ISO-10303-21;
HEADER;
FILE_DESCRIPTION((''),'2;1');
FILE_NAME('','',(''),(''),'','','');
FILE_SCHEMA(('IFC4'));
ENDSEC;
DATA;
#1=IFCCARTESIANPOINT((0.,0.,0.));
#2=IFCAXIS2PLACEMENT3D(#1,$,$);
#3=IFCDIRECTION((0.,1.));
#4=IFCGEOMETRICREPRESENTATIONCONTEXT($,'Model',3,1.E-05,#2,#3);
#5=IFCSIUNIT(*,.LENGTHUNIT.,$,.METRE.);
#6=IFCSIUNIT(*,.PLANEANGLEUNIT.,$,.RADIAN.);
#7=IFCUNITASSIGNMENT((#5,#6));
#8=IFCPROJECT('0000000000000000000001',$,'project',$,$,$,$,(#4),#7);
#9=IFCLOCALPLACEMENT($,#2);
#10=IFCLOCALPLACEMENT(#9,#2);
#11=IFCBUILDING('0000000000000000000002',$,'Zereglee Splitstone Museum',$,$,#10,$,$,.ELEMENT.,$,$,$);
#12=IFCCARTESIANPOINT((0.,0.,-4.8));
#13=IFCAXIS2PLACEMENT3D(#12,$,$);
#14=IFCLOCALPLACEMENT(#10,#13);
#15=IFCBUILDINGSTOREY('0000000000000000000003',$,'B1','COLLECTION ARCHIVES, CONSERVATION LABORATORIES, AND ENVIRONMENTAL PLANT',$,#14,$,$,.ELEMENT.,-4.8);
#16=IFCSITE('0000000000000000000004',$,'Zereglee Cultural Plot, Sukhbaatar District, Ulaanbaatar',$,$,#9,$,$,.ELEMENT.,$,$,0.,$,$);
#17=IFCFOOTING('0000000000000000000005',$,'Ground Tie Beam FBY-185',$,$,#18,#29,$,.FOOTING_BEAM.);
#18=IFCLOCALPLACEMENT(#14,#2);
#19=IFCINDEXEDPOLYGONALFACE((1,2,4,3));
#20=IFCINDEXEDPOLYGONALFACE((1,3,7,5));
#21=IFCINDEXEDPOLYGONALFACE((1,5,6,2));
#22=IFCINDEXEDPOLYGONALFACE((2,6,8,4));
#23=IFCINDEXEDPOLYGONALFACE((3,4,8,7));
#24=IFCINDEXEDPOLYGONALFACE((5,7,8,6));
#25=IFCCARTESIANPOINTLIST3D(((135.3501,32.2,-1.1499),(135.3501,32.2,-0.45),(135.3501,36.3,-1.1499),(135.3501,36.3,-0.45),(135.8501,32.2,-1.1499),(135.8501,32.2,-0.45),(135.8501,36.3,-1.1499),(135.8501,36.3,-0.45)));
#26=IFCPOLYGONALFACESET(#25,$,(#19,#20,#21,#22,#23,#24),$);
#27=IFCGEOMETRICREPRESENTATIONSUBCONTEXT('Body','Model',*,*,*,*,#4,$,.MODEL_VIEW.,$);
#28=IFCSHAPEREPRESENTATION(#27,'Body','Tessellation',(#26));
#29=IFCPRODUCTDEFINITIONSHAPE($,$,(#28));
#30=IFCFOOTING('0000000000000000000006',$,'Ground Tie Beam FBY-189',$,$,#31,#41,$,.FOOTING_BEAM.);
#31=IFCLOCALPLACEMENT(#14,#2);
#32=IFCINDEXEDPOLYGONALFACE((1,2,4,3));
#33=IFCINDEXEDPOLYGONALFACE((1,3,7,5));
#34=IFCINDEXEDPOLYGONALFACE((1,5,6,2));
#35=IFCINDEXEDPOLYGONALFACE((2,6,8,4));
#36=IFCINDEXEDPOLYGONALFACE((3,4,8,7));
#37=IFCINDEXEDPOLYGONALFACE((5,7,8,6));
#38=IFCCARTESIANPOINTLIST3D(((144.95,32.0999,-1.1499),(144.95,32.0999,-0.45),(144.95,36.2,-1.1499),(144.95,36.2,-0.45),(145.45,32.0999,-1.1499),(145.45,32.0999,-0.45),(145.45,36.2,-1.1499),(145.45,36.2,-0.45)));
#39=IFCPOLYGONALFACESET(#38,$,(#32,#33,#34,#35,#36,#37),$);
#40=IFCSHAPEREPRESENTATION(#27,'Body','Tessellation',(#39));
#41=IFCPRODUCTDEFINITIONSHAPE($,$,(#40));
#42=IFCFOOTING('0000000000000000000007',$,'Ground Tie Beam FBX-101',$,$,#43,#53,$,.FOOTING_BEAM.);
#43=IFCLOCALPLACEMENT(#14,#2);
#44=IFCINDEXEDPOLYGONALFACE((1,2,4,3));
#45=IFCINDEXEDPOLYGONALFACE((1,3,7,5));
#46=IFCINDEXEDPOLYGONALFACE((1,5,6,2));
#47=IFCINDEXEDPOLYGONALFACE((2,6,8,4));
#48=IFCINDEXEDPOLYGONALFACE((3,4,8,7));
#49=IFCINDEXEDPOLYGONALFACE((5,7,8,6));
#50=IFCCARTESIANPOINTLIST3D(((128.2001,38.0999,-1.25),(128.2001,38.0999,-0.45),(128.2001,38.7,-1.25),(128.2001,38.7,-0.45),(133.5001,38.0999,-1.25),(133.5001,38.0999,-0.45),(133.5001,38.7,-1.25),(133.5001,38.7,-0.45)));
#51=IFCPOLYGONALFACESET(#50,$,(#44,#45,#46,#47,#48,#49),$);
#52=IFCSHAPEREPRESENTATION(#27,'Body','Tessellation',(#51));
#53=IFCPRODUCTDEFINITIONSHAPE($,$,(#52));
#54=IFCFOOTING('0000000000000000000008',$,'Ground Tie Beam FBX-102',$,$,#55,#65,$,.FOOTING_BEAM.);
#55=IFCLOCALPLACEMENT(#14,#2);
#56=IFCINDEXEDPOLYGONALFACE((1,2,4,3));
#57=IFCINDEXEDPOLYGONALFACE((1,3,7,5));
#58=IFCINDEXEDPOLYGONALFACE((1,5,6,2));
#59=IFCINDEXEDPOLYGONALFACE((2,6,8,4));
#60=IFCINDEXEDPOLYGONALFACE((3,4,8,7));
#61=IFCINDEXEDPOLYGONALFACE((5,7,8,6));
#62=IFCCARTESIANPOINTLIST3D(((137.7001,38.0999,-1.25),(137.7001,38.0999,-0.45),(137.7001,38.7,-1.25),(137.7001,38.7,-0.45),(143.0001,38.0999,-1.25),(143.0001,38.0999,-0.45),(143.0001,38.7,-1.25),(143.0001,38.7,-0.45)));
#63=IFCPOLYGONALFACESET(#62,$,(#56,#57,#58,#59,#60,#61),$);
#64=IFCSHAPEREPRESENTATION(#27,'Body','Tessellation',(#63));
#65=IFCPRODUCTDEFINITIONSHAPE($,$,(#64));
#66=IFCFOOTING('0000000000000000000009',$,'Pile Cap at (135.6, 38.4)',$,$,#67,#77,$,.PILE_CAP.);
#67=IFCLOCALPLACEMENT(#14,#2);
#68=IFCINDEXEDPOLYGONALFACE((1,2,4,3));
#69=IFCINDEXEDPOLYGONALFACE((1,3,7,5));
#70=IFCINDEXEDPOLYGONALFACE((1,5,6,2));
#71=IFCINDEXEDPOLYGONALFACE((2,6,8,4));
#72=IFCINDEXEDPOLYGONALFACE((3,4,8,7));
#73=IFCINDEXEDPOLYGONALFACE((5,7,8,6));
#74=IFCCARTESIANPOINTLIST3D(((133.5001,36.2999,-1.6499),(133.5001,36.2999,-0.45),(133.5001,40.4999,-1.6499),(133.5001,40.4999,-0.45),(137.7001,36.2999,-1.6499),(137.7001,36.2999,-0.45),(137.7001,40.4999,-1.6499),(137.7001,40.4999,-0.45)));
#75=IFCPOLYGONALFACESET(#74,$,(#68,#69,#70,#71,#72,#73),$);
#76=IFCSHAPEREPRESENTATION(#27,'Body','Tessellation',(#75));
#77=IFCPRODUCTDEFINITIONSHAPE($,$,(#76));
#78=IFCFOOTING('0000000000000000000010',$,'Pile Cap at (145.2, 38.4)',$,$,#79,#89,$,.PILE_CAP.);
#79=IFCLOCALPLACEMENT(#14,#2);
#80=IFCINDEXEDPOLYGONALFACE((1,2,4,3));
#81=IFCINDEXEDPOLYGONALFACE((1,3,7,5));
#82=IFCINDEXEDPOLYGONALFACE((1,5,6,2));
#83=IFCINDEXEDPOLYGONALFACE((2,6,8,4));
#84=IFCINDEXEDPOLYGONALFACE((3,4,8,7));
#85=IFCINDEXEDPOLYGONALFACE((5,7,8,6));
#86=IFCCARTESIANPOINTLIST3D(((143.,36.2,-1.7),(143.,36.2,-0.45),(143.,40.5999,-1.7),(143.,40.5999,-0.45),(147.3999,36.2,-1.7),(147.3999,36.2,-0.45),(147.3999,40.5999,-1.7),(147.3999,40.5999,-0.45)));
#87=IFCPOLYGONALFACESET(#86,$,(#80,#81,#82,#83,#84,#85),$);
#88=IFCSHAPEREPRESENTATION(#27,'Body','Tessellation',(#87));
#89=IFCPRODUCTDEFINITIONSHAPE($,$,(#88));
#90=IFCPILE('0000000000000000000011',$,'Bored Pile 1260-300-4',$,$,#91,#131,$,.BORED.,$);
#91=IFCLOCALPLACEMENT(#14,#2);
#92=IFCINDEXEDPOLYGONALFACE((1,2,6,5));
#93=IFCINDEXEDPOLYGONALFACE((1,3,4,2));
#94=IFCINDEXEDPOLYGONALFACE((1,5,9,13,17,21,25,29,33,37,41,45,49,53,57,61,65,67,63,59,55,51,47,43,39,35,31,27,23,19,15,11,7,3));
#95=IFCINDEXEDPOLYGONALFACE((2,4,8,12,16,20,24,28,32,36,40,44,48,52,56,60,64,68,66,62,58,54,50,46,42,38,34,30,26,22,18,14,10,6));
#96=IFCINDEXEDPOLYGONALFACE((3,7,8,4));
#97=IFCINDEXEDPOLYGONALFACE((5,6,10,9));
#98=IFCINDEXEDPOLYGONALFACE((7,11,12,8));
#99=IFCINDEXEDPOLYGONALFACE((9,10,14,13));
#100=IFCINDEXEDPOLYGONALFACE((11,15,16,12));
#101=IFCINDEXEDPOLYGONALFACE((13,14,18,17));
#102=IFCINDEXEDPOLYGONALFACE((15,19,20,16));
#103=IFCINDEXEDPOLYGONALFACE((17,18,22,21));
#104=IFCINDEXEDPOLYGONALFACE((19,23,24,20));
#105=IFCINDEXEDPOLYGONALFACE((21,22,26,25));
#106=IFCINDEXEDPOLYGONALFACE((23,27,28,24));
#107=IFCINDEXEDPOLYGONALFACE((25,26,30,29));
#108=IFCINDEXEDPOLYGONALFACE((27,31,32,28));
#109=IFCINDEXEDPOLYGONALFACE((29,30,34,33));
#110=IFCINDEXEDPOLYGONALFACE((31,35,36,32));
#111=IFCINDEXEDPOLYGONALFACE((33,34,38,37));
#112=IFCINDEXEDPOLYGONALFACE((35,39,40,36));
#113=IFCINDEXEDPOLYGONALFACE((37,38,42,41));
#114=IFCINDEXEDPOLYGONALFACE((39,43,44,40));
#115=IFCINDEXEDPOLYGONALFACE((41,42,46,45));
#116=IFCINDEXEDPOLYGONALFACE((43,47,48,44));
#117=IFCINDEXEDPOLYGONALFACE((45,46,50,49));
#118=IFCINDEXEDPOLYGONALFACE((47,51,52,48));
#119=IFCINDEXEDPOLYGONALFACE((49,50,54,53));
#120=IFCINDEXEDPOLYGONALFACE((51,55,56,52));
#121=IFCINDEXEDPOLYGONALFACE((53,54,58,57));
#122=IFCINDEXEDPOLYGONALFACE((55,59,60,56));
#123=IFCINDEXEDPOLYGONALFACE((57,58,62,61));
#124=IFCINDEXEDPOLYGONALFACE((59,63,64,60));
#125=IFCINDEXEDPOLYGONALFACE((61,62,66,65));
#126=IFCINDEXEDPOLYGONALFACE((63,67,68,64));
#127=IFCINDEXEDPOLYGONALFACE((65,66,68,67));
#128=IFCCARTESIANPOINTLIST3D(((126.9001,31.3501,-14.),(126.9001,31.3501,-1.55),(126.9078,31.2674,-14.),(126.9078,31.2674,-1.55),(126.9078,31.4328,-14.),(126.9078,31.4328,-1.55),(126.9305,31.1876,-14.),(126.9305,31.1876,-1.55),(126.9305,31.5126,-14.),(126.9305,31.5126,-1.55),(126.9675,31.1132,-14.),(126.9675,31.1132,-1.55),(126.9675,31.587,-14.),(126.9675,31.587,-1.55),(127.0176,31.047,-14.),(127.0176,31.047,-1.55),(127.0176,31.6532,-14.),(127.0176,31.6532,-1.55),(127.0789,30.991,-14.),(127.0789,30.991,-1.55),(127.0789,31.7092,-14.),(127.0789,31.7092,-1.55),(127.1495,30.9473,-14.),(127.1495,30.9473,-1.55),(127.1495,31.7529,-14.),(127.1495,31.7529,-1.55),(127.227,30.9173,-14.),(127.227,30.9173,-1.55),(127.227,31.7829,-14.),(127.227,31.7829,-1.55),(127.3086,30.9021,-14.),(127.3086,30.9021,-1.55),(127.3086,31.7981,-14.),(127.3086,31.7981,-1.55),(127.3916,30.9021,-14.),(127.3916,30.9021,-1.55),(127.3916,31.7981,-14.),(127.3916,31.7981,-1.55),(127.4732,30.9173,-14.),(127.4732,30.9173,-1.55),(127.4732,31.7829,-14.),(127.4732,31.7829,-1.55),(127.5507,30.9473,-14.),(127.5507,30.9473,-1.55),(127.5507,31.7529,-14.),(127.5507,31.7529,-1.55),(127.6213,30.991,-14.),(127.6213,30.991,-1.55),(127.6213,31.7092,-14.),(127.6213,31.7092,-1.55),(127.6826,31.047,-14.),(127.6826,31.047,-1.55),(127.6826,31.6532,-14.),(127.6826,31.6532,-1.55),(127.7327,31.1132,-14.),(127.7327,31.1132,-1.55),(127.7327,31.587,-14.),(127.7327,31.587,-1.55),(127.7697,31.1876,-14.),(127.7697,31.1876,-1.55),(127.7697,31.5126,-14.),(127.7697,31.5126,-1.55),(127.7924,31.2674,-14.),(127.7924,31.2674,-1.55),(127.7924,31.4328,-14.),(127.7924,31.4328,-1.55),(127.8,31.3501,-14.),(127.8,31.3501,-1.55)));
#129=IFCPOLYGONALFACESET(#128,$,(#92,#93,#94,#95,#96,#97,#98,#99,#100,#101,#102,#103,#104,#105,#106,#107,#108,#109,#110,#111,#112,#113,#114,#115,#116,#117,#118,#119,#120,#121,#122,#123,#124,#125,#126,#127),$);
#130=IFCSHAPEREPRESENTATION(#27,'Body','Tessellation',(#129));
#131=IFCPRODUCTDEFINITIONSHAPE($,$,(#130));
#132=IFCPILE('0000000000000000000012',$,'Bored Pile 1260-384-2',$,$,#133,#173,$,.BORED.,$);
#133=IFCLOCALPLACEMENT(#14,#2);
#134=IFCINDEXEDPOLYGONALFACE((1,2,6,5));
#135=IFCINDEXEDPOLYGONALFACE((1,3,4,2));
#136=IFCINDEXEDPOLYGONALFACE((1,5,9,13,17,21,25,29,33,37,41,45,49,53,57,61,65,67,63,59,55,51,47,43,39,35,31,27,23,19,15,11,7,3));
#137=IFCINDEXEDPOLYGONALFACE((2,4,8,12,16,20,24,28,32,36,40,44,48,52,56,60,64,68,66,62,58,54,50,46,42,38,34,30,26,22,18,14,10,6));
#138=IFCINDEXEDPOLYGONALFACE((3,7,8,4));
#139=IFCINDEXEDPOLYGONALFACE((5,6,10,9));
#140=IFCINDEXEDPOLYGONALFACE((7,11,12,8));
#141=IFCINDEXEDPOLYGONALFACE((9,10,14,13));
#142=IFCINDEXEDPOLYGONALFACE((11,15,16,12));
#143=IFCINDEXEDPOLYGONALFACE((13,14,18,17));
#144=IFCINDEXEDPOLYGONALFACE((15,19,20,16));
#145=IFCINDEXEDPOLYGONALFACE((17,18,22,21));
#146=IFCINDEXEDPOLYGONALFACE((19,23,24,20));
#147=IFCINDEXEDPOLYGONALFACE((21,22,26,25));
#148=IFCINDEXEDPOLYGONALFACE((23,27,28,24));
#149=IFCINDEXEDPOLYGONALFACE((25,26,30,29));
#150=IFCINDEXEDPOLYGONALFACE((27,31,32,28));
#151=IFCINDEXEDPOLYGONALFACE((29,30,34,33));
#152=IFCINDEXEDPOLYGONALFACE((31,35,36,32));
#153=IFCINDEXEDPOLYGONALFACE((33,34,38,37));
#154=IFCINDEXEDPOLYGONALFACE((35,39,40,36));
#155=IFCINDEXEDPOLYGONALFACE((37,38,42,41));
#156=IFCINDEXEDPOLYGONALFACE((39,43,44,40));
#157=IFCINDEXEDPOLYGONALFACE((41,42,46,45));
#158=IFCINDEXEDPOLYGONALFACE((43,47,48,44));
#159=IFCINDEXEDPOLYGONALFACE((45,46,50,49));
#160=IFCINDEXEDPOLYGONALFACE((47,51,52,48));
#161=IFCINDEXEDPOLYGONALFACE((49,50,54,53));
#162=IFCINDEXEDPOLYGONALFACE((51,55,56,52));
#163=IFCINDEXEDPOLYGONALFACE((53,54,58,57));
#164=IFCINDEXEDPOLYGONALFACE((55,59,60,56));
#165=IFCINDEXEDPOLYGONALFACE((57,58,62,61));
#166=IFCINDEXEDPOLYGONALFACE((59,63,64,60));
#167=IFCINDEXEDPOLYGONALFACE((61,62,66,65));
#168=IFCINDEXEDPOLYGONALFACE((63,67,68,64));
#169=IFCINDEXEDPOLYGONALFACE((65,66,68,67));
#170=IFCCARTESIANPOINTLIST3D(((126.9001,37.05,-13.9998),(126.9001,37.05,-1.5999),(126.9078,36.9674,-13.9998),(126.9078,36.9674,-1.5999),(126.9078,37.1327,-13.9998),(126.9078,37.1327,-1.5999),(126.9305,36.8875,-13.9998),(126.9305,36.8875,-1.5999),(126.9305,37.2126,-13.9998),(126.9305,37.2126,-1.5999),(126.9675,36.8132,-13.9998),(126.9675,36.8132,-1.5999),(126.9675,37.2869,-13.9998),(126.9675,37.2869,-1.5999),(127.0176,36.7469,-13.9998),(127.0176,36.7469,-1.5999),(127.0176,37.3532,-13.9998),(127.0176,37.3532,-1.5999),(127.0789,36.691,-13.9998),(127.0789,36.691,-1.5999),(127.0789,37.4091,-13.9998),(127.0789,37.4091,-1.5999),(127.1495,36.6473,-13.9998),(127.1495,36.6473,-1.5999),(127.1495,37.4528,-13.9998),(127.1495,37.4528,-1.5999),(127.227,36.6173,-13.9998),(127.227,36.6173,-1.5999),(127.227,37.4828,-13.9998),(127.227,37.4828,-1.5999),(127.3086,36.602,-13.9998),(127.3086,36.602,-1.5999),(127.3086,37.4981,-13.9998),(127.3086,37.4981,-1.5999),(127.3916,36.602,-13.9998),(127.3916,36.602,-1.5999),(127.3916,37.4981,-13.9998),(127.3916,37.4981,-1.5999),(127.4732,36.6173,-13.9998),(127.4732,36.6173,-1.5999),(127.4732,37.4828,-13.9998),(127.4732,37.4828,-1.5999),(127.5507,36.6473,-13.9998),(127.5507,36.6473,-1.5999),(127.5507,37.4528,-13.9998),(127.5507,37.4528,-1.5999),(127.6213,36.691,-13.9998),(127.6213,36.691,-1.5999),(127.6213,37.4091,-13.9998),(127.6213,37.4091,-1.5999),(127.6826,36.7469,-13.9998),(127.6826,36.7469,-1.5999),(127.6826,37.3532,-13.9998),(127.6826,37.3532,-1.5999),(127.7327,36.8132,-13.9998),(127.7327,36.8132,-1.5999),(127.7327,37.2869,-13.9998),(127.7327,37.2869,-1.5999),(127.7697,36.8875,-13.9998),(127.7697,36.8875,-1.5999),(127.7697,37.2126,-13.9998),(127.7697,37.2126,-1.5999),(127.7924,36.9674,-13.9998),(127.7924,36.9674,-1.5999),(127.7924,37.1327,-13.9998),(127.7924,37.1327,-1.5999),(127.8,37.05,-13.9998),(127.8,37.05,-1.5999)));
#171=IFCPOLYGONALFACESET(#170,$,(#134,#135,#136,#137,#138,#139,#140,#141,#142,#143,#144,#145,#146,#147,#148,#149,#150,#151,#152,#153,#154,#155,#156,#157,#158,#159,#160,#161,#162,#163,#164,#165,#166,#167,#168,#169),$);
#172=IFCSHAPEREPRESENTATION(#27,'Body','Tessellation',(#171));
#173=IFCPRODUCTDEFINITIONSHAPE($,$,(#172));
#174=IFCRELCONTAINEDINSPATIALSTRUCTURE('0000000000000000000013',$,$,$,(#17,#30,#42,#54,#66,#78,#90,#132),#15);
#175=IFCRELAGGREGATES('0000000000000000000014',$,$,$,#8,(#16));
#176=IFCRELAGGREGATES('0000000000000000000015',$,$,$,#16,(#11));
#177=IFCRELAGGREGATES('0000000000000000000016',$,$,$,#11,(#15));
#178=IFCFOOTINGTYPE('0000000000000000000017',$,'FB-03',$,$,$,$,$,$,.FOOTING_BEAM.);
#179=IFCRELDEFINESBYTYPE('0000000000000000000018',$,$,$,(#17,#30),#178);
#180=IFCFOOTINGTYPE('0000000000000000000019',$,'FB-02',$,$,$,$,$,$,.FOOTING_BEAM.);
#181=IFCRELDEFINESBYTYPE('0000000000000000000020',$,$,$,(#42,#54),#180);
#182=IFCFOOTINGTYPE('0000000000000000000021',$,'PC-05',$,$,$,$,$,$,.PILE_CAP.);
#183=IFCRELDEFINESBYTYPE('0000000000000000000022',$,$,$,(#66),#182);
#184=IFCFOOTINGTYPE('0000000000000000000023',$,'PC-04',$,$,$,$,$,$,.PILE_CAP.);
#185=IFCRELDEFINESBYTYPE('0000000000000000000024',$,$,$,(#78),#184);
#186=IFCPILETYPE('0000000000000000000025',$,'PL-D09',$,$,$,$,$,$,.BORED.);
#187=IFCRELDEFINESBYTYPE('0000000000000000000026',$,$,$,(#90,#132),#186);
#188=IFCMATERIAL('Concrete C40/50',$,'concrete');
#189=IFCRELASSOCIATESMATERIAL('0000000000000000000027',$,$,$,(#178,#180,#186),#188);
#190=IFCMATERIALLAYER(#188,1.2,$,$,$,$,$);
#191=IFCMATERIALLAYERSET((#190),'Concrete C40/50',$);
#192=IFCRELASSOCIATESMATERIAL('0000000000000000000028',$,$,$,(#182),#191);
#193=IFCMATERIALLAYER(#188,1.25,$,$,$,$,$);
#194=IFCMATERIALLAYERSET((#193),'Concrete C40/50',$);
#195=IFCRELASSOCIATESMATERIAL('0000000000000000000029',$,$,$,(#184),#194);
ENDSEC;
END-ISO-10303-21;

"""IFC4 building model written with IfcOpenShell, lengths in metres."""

from ifc_helpers import new_model, si_unit, direction, frame, origin, origin_2d, place, context, subcontext, project, spatial, rectangle, circle, extrude, material, layer, layer_set, material_profile, profile_set, type_object, element, save


model = new_model("IFC4")

# Units and contexts
model_context = context("Model", 3, precision=1e-05, world=origin(), true_north=direction((0.0, 1.0)))
body_context = subcontext(model_context, "Body", "Model", "MODEL_VIEW")
ifc_project = project(units=[si_unit("LENGTHUNIT", "METRE"), si_unit("PLANEANGLEUNIT", "RADIAN")], contexts=[model_context])

# Site, building, storey
site_placement = place(None, origin())
site = spatial("IfcSite", under=ifc_project, at=site_placement, Name="Zereglee Cultural Plot, Sukhbaatar District, Ulaanbaatar", CompositionType="ELEMENT", RefElevation=0.0)
building_placement = place(site_placement, origin())
building = spatial("IfcBuilding", under=site, at=building_placement, Name="Zereglee Splitstone Museum", CompositionType="ELEMENT")
storey_placement = place(building_placement, frame((0.0, 0.0, -4.8)))
storey = spatial("IfcBuildingStorey", under=building, at=storey_placement, Name="B1", Description="COLLECTION ARCHIVES, CONSERVATION LABORATORIES, AND ENVIRONMENTAL PLANT", CompositionType="ELEMENT", Elevation=-4.8)

# Footings
ifc_material_1 = material(Name="Concrete C40/50", Category="concrete")
footing_type_1 = type_object("IfcFootingType", Name="FB-03", PredefinedType="FOOTING_BEAM", material=ifc_material_1)
for number, where, z_axis, x_axis, name in (
    (1, (135.6001, 34.25, -1.1499), (0.0, 0.0, 1.0), (0.0, 1.0, 0.0), "Ground Tie Beam FBY-185"),
    (2, (145.2, 34.1499, -1.1499), (0.0, 0.0, 1.0), (0.0, 1.0, 0.0), "Ground Tie Beam FBY-189"),
):
    element("IfcFooting", number, at=place(storey_placement, frame(where, z_axis=z_axis, x_axis=x_axis)), inside=storey, type_object=footing_type_1, Name=name, PredefinedType="FOOTING_BEAM", context=body_context, shape_type="SweptSolid", body=[
        extrude(rectangle(XDim=4.1001, YDim=0.5, at=origin_2d()), origin(), (0.0, 0.0, 1.0), 0.7),
    ])
footing_type_2 = type_object("IfcFootingType", Name="FB-02", PredefinedType="FOOTING_BEAM", material=ifc_material_1)
for number, where, z_axis, x_axis, name in (
    (3, (130.8501, 38.3999, -1.25), (0.0, 0.0, 1.0), (1.0, 0.0, 0.0), "Ground Tie Beam FBX-101"),
    (4, (140.3501, 38.3999, -1.25), (0.0, 0.0, 1.0), (1.0, 0.0, 0.0), "Ground Tie Beam FBX-102"),
):
    element("IfcFooting", number, at=place(storey_placement, frame(where, z_axis=z_axis, x_axis=x_axis)), inside=storey, type_object=footing_type_2, Name=name, PredefinedType="FOOTING_BEAM", context=body_context, shape_type="SweptSolid", body=[
        extrude(rectangle(XDim=5.3, YDim=0.6001, at=origin_2d()), origin(), (0.0, 0.0, 1.0), 0.8),
    ])
ifc_layer_1 = layer(ifc_material_1, 1.2)
ifc_layer_set_1 = layer_set([ifc_layer_1], Name="Concrete C40/50")
footing_type_3 = type_object("IfcFootingType", Name="PC-05", PredefinedType="PILE_CAP", material=ifc_layer_set_1)
footing_1_placement = place(storey_placement, frame((135.6001, 38.3999, -1.6499), z_axis=(0.0, 0.0, 1.0), x_axis=(1.0, 0.0, 0.0)))
element("IfcFooting", 5, at=footing_1_placement, inside=storey, type_object=footing_type_3, Name="Pile Cap at (135.6, 38.4)", PredefinedType="PILE_CAP", context=body_context, shape_type="SweptSolid", body=[
    extrude(rectangle(XDim=4.2, YDim=4.2, at=origin_2d()), origin(), (0.0, 0.0, 1.0), 1.2),
])
ifc_layer_2 = layer(ifc_material_1, 1.25)
ifc_layer_set_2 = layer_set([ifc_layer_2], Name="Concrete C40/50")
footing_type_4 = type_object("IfcFootingType", Name="PC-04", PredefinedType="PILE_CAP", material=ifc_layer_set_2)
footing_2_placement = place(storey_placement, frame((145.2, 38.3999, -1.7), z_axis=(0.0, 0.0, 1.0), x_axis=(1.0, 0.0, 0.0)))
element("IfcFooting", 6, at=footing_2_placement, inside=storey, type_object=footing_type_4, Name="Pile Cap at (145.2, 38.4)", PredefinedType="PILE_CAP", context=body_context, shape_type="SweptSolid", body=[
    extrude(rectangle(XDim=4.3999, YDim=4.3999, at=origin_2d()), origin(), (0.0, 0.0, 1.0), 1.25),
])

# Piles
ifc_material_profile_1 = material_profile(ifc_material_1, circle(Radius=0.45, at=origin_2d()), Name="PILE D900")
ifc_profile_set_1 = profile_set([ifc_material_profile_1], Name="Concrete C40/50")
pile_type = type_object("IfcPileType", Name="PL-D09", PredefinedType="BORED", material=ifc_profile_set_1)
pile_placement = place(storey_placement, frame((127.3501, 31.3501, -1.55), z_axis=(0.0, 0.0, -1.0), x_axis=(1.0, 0.0, 0.0)))
element("IfcPile", 7, at=pile_placement, inside=storey, type_object=pile_type, Name="Bored Pile 1260-300-4", PredefinedType="BORED", context=body_context, shape_type="SweptSolid", body=[
    extrude(circle(Radius=0.45, at=origin_2d()), origin(), (0.0, 0.0, 1.0), 12.45),
])
for number, where, z_axis, x_axis, name in (
    (8, (127.3501, 37.05, -1.5999), (0.0, 0.0, -1.0), (1.0, 0.0, 0.0), "Bored Pile 1260-384-2"),
):
    element("IfcPile", number, at=place(storey_placement, frame(where, z_axis=z_axis, x_axis=x_axis)), inside=storey, type_object=pile_type, Name=name, PredefinedType="BORED", context=body_context, shape_type="SweptSolid", body=[
        extrude(circle(Radius=0.45, at=origin_2d()), origin(), (0.0, 0.0, 1.0), 12.3999),
    ])

save(model, "model.ifc")
